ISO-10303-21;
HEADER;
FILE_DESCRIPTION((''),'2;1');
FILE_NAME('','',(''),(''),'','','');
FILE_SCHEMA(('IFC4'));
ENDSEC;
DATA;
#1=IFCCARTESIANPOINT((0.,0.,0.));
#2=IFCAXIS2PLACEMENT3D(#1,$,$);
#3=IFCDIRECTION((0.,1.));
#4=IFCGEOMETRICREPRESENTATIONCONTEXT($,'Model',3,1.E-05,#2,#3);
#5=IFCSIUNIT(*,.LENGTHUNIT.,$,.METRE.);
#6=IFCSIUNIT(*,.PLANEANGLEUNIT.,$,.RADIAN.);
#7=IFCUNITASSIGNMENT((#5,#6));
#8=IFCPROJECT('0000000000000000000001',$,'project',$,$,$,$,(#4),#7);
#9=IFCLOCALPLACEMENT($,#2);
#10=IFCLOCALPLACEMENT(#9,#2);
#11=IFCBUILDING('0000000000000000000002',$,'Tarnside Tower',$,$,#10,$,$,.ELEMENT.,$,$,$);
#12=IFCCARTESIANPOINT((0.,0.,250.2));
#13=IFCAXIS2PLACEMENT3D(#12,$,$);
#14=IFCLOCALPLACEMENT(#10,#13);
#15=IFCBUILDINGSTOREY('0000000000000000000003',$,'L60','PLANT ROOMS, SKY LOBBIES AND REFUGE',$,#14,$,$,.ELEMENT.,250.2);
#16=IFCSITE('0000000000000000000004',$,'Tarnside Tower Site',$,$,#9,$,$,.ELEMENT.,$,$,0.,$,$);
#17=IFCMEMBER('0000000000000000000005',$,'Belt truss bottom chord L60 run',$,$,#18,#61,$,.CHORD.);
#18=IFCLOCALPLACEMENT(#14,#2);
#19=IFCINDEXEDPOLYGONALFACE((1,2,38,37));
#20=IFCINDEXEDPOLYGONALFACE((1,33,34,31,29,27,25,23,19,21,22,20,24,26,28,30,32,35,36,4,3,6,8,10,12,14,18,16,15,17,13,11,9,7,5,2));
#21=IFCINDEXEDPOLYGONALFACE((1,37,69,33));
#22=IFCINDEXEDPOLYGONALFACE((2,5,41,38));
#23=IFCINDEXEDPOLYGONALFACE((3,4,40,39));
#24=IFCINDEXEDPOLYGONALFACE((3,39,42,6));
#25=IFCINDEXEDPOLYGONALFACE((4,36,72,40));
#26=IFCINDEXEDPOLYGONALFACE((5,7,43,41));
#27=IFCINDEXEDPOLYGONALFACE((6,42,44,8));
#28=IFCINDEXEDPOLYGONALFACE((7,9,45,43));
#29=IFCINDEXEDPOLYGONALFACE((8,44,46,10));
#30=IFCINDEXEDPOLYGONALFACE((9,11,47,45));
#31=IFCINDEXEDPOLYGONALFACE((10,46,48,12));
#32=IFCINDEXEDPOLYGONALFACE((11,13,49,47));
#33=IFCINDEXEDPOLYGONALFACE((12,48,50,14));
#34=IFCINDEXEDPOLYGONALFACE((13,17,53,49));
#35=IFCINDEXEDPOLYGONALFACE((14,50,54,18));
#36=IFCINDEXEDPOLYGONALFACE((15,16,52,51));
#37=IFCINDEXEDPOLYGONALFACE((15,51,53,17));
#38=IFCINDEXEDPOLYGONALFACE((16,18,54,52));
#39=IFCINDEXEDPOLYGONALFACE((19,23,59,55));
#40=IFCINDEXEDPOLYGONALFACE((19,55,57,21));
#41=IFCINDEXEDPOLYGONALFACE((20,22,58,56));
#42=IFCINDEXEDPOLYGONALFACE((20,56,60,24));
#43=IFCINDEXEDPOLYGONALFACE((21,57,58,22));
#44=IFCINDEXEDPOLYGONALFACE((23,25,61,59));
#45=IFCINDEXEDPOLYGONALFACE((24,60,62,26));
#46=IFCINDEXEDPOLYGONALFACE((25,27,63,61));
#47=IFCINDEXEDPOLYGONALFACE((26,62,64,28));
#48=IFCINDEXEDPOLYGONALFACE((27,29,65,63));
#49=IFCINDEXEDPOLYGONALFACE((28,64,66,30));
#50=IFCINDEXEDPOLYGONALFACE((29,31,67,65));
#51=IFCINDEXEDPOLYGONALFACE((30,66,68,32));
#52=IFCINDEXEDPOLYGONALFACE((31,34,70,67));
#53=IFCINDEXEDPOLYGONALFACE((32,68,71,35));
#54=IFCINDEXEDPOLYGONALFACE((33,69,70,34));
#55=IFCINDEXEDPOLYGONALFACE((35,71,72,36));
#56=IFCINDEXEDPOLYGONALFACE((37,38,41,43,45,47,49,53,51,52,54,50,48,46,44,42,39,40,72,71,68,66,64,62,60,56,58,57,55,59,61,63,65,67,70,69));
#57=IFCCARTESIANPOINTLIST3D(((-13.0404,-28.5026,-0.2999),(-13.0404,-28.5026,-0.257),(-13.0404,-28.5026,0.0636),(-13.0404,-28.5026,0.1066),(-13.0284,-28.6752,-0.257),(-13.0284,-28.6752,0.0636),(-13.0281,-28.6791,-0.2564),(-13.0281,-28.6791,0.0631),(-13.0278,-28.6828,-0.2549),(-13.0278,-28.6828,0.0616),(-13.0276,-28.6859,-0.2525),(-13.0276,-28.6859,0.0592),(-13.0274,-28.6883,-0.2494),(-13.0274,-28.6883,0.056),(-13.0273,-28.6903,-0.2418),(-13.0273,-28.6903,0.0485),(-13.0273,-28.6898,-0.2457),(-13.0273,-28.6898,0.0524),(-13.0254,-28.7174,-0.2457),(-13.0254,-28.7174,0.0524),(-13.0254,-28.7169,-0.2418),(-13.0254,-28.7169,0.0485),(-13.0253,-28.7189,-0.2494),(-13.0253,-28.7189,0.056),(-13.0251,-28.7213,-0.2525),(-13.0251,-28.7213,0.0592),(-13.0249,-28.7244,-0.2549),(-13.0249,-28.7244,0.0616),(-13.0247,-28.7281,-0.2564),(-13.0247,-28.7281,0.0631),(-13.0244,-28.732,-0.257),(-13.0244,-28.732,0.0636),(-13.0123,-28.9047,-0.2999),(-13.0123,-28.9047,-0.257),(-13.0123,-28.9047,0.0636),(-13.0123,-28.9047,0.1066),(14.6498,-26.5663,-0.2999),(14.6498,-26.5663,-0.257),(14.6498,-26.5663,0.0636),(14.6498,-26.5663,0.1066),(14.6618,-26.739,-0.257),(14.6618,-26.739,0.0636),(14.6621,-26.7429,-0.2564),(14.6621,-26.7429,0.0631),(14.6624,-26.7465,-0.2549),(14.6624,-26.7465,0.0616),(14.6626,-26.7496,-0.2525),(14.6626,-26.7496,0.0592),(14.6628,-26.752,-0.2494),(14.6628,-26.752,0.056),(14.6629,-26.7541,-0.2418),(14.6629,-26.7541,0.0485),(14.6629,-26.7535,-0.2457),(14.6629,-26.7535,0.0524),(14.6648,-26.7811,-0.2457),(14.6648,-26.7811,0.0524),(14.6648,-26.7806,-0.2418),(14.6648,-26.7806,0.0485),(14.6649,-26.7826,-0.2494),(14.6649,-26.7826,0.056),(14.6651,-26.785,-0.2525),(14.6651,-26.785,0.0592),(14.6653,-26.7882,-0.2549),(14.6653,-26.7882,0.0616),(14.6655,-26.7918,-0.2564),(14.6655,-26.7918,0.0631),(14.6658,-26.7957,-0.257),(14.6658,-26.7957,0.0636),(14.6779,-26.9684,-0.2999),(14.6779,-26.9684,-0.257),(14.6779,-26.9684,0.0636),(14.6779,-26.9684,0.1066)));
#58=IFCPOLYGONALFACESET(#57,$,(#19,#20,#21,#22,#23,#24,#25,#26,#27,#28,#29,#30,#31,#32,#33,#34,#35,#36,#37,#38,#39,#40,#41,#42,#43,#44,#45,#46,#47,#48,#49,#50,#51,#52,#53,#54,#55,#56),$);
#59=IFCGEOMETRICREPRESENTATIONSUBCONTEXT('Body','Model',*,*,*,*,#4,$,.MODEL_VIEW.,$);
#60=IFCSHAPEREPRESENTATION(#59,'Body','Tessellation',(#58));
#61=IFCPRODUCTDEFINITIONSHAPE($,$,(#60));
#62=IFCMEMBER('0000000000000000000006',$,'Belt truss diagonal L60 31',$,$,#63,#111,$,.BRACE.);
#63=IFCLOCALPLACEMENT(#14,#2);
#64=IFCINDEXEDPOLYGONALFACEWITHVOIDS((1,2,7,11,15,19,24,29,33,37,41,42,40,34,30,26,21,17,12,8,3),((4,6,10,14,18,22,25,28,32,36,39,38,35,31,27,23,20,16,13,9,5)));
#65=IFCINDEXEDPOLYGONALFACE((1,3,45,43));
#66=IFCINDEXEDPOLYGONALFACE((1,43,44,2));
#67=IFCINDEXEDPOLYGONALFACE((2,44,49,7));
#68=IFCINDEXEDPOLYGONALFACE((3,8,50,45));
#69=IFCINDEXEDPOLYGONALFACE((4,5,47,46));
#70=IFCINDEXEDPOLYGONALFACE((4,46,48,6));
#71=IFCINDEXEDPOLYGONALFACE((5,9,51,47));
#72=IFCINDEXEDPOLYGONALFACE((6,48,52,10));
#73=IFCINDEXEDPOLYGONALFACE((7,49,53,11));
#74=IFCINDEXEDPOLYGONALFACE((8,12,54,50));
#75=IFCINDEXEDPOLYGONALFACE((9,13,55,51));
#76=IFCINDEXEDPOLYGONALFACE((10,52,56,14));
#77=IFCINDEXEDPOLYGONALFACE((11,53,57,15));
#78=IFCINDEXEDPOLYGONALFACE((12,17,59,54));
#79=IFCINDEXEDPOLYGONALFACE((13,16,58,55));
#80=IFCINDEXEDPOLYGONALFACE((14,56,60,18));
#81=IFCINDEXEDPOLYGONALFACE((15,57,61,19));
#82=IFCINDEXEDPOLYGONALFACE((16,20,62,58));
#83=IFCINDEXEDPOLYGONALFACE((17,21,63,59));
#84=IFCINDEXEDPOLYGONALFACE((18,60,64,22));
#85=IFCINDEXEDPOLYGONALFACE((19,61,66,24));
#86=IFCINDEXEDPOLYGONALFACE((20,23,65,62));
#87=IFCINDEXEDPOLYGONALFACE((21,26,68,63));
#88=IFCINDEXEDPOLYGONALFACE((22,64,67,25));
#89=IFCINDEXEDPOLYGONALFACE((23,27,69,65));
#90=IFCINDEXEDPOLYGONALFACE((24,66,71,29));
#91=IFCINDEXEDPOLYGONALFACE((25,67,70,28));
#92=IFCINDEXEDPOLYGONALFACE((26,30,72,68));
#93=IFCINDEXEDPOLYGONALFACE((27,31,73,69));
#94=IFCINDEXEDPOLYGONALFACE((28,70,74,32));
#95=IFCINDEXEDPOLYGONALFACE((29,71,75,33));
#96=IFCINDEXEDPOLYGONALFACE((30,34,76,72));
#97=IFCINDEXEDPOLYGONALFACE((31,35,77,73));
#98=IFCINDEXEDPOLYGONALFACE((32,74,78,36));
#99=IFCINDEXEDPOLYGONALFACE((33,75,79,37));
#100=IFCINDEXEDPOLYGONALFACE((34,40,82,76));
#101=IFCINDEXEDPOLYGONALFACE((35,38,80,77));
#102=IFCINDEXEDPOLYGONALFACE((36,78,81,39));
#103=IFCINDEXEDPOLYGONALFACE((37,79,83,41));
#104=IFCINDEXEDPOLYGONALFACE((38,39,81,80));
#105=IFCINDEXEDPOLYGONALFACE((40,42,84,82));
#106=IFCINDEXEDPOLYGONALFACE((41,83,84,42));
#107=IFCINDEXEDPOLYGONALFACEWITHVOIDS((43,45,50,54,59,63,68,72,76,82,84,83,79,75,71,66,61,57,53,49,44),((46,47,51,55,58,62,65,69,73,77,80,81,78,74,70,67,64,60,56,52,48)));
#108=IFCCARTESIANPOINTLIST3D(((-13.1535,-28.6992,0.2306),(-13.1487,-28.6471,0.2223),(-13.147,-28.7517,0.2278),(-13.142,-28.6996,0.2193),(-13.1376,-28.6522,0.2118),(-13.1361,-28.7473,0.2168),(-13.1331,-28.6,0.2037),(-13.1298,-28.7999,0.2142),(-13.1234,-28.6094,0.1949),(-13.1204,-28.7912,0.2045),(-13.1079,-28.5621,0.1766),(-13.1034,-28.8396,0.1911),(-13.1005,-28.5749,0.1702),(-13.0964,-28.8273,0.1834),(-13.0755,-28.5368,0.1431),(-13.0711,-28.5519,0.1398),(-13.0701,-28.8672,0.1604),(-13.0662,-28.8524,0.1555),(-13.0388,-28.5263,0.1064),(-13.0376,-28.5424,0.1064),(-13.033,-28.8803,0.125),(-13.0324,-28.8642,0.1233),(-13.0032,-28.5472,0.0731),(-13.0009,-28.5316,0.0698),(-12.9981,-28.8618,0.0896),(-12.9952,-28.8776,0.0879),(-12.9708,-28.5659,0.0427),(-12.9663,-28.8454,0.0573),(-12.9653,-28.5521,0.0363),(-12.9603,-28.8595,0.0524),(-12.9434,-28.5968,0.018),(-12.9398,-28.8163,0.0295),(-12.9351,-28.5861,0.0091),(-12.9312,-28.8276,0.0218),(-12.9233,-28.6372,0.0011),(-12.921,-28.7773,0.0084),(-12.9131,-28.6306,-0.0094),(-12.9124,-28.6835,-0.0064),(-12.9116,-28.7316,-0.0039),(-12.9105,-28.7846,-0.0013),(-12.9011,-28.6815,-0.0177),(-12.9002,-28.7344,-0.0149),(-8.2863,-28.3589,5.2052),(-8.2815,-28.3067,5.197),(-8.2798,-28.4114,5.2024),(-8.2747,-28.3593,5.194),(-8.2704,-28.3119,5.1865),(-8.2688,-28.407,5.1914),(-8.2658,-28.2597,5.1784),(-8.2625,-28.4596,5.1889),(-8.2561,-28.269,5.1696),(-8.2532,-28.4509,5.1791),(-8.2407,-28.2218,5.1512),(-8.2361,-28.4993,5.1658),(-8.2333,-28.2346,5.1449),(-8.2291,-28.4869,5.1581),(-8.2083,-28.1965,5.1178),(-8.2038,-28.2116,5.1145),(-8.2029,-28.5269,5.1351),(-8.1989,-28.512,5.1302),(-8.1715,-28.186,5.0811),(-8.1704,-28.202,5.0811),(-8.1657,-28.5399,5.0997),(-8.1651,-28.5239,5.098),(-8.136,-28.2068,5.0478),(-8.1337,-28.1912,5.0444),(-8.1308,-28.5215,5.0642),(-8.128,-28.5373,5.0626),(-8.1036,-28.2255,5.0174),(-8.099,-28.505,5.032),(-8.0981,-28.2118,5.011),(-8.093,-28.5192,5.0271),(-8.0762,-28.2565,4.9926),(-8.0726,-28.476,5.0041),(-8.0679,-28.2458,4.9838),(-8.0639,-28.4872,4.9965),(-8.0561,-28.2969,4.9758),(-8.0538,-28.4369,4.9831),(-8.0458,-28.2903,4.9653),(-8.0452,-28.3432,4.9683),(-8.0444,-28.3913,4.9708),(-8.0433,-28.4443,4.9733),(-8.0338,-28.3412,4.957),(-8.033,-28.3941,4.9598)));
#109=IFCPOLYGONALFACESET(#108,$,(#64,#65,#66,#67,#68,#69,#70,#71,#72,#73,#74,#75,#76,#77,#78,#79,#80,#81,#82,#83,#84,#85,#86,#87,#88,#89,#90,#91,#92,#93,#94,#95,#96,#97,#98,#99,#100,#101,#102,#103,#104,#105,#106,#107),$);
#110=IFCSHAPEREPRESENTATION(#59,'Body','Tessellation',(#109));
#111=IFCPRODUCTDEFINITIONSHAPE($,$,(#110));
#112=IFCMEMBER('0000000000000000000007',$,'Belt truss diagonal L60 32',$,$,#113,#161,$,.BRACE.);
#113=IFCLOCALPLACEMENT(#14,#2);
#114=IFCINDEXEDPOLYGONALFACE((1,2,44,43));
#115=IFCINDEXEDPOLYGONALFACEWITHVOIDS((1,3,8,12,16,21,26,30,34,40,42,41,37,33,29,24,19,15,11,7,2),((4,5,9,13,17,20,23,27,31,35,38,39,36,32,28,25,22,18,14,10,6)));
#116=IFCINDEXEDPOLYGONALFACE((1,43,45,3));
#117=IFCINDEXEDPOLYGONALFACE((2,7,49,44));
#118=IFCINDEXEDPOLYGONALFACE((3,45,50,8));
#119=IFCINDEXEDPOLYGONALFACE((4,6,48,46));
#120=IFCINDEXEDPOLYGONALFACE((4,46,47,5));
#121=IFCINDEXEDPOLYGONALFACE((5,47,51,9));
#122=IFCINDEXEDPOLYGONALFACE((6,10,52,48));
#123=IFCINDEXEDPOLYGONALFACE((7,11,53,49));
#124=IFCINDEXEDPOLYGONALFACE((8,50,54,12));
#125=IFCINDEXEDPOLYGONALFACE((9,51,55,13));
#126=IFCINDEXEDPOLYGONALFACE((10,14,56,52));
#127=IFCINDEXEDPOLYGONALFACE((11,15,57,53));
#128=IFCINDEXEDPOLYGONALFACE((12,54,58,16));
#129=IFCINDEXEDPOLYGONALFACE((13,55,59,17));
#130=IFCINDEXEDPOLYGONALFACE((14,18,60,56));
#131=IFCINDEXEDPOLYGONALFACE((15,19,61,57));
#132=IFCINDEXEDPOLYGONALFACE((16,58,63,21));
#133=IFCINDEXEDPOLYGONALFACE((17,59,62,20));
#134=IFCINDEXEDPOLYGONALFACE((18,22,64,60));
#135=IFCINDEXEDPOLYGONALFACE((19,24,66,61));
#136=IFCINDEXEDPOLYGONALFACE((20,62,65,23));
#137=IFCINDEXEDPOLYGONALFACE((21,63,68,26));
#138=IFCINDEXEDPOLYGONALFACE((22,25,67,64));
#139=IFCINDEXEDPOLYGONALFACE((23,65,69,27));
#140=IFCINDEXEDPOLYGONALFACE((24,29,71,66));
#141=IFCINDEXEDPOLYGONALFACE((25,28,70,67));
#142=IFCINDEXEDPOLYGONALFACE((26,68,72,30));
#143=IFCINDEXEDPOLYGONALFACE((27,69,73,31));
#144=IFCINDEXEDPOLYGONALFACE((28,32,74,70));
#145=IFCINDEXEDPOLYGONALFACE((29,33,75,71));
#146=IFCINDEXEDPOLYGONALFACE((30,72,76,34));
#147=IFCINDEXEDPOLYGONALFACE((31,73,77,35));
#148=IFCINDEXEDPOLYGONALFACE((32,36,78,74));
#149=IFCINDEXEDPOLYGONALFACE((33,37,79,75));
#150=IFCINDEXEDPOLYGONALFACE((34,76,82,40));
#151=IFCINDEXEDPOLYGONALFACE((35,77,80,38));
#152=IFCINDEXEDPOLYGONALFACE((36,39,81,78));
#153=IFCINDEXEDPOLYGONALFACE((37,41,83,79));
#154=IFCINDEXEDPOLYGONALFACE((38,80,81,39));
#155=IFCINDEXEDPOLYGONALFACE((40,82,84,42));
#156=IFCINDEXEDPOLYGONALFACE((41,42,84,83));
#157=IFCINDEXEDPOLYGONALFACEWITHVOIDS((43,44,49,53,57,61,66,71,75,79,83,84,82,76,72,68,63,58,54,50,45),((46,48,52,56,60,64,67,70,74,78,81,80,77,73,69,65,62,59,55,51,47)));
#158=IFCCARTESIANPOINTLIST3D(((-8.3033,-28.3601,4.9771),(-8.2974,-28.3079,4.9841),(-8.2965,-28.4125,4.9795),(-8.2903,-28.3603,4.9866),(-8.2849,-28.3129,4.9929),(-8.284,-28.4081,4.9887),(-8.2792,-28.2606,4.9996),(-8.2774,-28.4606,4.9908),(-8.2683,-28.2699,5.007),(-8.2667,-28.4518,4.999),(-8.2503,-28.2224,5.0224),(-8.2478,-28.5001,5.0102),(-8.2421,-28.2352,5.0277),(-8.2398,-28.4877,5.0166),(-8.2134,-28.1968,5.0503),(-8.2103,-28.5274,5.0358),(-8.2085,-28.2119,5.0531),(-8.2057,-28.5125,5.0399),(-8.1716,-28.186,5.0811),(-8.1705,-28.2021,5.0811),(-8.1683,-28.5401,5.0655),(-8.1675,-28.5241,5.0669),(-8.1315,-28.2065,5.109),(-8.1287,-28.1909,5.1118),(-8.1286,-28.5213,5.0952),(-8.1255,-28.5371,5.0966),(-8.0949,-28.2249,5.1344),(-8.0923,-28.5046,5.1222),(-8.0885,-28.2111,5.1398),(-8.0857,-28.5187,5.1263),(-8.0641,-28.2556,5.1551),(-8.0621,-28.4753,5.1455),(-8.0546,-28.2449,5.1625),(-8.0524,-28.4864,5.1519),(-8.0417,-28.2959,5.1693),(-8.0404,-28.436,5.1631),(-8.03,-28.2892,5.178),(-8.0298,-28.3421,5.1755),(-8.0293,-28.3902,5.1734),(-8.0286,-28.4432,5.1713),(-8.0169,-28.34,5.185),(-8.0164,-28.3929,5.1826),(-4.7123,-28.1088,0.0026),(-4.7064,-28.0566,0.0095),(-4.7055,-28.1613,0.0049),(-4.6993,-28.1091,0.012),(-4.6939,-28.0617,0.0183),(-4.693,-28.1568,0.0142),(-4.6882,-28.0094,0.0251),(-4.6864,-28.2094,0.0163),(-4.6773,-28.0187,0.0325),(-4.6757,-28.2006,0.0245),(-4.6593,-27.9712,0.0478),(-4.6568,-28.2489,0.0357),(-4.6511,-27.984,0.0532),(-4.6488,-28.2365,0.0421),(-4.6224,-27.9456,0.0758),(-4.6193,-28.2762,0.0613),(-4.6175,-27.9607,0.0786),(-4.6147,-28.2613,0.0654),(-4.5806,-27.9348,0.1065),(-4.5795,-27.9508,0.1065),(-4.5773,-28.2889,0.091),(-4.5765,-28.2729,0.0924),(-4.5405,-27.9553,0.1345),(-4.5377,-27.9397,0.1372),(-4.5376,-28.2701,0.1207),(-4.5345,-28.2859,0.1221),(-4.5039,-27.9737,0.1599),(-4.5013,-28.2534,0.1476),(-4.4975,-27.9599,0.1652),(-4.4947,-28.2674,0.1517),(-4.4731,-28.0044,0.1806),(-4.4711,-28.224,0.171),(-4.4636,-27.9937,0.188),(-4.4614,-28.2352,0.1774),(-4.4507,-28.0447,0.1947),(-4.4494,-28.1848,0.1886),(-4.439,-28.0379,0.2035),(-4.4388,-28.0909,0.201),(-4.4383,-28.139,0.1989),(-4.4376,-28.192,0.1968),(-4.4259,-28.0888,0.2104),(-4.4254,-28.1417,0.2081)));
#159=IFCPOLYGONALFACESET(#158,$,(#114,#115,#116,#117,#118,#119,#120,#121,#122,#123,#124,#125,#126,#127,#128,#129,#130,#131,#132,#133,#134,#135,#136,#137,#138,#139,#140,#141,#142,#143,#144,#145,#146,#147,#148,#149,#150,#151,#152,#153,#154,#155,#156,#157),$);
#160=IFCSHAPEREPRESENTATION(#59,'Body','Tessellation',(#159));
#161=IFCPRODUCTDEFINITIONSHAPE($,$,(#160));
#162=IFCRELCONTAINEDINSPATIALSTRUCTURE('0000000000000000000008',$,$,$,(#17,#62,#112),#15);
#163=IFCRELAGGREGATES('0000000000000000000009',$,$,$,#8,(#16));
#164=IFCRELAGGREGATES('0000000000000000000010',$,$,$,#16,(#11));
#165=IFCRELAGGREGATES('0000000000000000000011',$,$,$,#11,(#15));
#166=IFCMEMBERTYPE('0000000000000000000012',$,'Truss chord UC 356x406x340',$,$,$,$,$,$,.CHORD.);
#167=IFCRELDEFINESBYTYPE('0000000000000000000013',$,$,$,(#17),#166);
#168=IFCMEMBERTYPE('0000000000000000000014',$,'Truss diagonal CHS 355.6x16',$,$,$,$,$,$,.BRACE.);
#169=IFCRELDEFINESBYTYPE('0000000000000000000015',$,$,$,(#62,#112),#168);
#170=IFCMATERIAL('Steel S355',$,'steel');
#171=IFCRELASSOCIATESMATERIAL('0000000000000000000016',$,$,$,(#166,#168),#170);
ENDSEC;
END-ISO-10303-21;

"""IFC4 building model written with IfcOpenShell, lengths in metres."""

from ifc_helpers import new_model, si_unit, direction, frame, origin, origin_2d, place, context, subcontext, project, spatial, hollow_circle, i_section, extrude, material, material_profile, profile_set, type_object, element, save


model = new_model("IFC4")

# Units and contexts
model_context = context("Model", 3, precision=1e-05, world=origin(), true_north=direction((0.0, 1.0)))
body_context = subcontext(model_context, "Body", "Model", "MODEL_VIEW")
ifc_project = project(units=[si_unit("LENGTHUNIT", "METRE"), si_unit("PLANEANGLEUNIT", "RADIAN")], contexts=[model_context])

# Site, building, storey
site_placement = place(None, origin())
site = spatial("IfcSite", under=ifc_project, at=site_placement, Name="Tarnside Tower Site", CompositionType="ELEMENT", RefElevation=0.0)
building_placement = place(site_placement, origin())
building = spatial("IfcBuilding", under=site, at=building_placement, Name="Tarnside Tower", CompositionType="ELEMENT")
storey_placement = place(building_placement, frame((0.0, 0.0, 250.2)))
storey = spatial("IfcBuildingStorey", under=building, at=storey_placement, Name="L60", Description="PLANT ROOMS, SKY LOBBIES AND REFUGE", CompositionType="ELEMENT", Elevation=250.2)

# Shared definitions
ifc_material_1 = material(Name="Steel S355", Category="steel")

# Members
ifc_material_profile_1 = material_profile(ifc_material_1, i_section(OverallWidth=0.4031, OverallDepth=0.4065, WebThickness=0.0266, FlangeThickness=0.043, FilletRadius=0.0151, at=origin_2d()), Name="UC 356x406x340")
ifc_profile_set_1 = profile_set([ifc_material_profile_1], Name="Steel S355")
member_type_1 = type_object("IfcMemberType", Name="Truss chord UC 356x406x340", PredefinedType="CHORD", material=ifc_profile_set_1)
member_1_placement = place(storey_placement, frame((-13.0264, -28.7036, -0.0967), z_axis=(0.997564, 0.069756, 0.0), x_axis=(-0.069756, 0.997564, 0.0)))
element("IfcMember", 1, at=member_1_placement, inside=storey, type_object=member_type_1, Name="Belt truss bottom chord L60 run", PredefinedType="CHORD", context=body_context, shape_type="SweptSolid", body=[
    extrude(i_section(OverallWidth=0.4031, OverallDepth=0.4065, WebThickness=0.0266, FlangeThickness=0.043, FilletRadius=0.0151, at=origin_2d()), origin(), (0.0, 0.0, 1.0), 27.7578),
])
ifc_material_profile_2 = material_profile(ifc_material_1, hollow_circle(Radius=0.1777, WallThickness=0.0161, at=origin_2d()), Name="CHS 355.6x16")
ifc_profile_set_2 = profile_set([ifc_material_profile_2], Name="Steel S355")
member_type_2 = type_object("IfcMemberType", Name="Truss diagonal CHS 355.6x16", PredefinedType="BRACE", material=ifc_profile_set_2)
member_2_placement = place(storey_placement, frame((-13.0264, -28.7036, 0.1064), z_axis=(0.698512, 0.048843, 0.713929), x_axis=(-0.069753, 0.997564, 0.0)))
element("IfcMember", 2, at=member_2_placement, inside=storey, type_object=member_type_2, Name="Belt truss diagonal L60 31", PredefinedType="BRACE", context=body_context, shape_type="SweptSolid", body=[
    extrude(hollow_circle(Radius=0.1777, WallThickness=0.0161, at=origin_2d()), origin(), (0.0, 0.0, 1.0), 6.968),
])
member_3_placement = place(storey_placement, frame((-8.1592, -28.3633, 5.0811), z_axis=(0.584817, 0.040912, -0.810133), x_axis=(-0.069787, 0.997562, 0.0)))
element("IfcMember", 3, at=member_3_placement, inside=storey, type_object=member_type_2, Name="Belt truss diagonal L60 32", PredefinedType="BRACE", context=body_context, shape_type="SweptSolid", body=[
    extrude(hollow_circle(Radius=0.1777, WallThickness=0.0161, at=origin_2d()), origin(), (0.0, 0.0, 1.0), 6.1404),
])

save(model, "model.ifc")
